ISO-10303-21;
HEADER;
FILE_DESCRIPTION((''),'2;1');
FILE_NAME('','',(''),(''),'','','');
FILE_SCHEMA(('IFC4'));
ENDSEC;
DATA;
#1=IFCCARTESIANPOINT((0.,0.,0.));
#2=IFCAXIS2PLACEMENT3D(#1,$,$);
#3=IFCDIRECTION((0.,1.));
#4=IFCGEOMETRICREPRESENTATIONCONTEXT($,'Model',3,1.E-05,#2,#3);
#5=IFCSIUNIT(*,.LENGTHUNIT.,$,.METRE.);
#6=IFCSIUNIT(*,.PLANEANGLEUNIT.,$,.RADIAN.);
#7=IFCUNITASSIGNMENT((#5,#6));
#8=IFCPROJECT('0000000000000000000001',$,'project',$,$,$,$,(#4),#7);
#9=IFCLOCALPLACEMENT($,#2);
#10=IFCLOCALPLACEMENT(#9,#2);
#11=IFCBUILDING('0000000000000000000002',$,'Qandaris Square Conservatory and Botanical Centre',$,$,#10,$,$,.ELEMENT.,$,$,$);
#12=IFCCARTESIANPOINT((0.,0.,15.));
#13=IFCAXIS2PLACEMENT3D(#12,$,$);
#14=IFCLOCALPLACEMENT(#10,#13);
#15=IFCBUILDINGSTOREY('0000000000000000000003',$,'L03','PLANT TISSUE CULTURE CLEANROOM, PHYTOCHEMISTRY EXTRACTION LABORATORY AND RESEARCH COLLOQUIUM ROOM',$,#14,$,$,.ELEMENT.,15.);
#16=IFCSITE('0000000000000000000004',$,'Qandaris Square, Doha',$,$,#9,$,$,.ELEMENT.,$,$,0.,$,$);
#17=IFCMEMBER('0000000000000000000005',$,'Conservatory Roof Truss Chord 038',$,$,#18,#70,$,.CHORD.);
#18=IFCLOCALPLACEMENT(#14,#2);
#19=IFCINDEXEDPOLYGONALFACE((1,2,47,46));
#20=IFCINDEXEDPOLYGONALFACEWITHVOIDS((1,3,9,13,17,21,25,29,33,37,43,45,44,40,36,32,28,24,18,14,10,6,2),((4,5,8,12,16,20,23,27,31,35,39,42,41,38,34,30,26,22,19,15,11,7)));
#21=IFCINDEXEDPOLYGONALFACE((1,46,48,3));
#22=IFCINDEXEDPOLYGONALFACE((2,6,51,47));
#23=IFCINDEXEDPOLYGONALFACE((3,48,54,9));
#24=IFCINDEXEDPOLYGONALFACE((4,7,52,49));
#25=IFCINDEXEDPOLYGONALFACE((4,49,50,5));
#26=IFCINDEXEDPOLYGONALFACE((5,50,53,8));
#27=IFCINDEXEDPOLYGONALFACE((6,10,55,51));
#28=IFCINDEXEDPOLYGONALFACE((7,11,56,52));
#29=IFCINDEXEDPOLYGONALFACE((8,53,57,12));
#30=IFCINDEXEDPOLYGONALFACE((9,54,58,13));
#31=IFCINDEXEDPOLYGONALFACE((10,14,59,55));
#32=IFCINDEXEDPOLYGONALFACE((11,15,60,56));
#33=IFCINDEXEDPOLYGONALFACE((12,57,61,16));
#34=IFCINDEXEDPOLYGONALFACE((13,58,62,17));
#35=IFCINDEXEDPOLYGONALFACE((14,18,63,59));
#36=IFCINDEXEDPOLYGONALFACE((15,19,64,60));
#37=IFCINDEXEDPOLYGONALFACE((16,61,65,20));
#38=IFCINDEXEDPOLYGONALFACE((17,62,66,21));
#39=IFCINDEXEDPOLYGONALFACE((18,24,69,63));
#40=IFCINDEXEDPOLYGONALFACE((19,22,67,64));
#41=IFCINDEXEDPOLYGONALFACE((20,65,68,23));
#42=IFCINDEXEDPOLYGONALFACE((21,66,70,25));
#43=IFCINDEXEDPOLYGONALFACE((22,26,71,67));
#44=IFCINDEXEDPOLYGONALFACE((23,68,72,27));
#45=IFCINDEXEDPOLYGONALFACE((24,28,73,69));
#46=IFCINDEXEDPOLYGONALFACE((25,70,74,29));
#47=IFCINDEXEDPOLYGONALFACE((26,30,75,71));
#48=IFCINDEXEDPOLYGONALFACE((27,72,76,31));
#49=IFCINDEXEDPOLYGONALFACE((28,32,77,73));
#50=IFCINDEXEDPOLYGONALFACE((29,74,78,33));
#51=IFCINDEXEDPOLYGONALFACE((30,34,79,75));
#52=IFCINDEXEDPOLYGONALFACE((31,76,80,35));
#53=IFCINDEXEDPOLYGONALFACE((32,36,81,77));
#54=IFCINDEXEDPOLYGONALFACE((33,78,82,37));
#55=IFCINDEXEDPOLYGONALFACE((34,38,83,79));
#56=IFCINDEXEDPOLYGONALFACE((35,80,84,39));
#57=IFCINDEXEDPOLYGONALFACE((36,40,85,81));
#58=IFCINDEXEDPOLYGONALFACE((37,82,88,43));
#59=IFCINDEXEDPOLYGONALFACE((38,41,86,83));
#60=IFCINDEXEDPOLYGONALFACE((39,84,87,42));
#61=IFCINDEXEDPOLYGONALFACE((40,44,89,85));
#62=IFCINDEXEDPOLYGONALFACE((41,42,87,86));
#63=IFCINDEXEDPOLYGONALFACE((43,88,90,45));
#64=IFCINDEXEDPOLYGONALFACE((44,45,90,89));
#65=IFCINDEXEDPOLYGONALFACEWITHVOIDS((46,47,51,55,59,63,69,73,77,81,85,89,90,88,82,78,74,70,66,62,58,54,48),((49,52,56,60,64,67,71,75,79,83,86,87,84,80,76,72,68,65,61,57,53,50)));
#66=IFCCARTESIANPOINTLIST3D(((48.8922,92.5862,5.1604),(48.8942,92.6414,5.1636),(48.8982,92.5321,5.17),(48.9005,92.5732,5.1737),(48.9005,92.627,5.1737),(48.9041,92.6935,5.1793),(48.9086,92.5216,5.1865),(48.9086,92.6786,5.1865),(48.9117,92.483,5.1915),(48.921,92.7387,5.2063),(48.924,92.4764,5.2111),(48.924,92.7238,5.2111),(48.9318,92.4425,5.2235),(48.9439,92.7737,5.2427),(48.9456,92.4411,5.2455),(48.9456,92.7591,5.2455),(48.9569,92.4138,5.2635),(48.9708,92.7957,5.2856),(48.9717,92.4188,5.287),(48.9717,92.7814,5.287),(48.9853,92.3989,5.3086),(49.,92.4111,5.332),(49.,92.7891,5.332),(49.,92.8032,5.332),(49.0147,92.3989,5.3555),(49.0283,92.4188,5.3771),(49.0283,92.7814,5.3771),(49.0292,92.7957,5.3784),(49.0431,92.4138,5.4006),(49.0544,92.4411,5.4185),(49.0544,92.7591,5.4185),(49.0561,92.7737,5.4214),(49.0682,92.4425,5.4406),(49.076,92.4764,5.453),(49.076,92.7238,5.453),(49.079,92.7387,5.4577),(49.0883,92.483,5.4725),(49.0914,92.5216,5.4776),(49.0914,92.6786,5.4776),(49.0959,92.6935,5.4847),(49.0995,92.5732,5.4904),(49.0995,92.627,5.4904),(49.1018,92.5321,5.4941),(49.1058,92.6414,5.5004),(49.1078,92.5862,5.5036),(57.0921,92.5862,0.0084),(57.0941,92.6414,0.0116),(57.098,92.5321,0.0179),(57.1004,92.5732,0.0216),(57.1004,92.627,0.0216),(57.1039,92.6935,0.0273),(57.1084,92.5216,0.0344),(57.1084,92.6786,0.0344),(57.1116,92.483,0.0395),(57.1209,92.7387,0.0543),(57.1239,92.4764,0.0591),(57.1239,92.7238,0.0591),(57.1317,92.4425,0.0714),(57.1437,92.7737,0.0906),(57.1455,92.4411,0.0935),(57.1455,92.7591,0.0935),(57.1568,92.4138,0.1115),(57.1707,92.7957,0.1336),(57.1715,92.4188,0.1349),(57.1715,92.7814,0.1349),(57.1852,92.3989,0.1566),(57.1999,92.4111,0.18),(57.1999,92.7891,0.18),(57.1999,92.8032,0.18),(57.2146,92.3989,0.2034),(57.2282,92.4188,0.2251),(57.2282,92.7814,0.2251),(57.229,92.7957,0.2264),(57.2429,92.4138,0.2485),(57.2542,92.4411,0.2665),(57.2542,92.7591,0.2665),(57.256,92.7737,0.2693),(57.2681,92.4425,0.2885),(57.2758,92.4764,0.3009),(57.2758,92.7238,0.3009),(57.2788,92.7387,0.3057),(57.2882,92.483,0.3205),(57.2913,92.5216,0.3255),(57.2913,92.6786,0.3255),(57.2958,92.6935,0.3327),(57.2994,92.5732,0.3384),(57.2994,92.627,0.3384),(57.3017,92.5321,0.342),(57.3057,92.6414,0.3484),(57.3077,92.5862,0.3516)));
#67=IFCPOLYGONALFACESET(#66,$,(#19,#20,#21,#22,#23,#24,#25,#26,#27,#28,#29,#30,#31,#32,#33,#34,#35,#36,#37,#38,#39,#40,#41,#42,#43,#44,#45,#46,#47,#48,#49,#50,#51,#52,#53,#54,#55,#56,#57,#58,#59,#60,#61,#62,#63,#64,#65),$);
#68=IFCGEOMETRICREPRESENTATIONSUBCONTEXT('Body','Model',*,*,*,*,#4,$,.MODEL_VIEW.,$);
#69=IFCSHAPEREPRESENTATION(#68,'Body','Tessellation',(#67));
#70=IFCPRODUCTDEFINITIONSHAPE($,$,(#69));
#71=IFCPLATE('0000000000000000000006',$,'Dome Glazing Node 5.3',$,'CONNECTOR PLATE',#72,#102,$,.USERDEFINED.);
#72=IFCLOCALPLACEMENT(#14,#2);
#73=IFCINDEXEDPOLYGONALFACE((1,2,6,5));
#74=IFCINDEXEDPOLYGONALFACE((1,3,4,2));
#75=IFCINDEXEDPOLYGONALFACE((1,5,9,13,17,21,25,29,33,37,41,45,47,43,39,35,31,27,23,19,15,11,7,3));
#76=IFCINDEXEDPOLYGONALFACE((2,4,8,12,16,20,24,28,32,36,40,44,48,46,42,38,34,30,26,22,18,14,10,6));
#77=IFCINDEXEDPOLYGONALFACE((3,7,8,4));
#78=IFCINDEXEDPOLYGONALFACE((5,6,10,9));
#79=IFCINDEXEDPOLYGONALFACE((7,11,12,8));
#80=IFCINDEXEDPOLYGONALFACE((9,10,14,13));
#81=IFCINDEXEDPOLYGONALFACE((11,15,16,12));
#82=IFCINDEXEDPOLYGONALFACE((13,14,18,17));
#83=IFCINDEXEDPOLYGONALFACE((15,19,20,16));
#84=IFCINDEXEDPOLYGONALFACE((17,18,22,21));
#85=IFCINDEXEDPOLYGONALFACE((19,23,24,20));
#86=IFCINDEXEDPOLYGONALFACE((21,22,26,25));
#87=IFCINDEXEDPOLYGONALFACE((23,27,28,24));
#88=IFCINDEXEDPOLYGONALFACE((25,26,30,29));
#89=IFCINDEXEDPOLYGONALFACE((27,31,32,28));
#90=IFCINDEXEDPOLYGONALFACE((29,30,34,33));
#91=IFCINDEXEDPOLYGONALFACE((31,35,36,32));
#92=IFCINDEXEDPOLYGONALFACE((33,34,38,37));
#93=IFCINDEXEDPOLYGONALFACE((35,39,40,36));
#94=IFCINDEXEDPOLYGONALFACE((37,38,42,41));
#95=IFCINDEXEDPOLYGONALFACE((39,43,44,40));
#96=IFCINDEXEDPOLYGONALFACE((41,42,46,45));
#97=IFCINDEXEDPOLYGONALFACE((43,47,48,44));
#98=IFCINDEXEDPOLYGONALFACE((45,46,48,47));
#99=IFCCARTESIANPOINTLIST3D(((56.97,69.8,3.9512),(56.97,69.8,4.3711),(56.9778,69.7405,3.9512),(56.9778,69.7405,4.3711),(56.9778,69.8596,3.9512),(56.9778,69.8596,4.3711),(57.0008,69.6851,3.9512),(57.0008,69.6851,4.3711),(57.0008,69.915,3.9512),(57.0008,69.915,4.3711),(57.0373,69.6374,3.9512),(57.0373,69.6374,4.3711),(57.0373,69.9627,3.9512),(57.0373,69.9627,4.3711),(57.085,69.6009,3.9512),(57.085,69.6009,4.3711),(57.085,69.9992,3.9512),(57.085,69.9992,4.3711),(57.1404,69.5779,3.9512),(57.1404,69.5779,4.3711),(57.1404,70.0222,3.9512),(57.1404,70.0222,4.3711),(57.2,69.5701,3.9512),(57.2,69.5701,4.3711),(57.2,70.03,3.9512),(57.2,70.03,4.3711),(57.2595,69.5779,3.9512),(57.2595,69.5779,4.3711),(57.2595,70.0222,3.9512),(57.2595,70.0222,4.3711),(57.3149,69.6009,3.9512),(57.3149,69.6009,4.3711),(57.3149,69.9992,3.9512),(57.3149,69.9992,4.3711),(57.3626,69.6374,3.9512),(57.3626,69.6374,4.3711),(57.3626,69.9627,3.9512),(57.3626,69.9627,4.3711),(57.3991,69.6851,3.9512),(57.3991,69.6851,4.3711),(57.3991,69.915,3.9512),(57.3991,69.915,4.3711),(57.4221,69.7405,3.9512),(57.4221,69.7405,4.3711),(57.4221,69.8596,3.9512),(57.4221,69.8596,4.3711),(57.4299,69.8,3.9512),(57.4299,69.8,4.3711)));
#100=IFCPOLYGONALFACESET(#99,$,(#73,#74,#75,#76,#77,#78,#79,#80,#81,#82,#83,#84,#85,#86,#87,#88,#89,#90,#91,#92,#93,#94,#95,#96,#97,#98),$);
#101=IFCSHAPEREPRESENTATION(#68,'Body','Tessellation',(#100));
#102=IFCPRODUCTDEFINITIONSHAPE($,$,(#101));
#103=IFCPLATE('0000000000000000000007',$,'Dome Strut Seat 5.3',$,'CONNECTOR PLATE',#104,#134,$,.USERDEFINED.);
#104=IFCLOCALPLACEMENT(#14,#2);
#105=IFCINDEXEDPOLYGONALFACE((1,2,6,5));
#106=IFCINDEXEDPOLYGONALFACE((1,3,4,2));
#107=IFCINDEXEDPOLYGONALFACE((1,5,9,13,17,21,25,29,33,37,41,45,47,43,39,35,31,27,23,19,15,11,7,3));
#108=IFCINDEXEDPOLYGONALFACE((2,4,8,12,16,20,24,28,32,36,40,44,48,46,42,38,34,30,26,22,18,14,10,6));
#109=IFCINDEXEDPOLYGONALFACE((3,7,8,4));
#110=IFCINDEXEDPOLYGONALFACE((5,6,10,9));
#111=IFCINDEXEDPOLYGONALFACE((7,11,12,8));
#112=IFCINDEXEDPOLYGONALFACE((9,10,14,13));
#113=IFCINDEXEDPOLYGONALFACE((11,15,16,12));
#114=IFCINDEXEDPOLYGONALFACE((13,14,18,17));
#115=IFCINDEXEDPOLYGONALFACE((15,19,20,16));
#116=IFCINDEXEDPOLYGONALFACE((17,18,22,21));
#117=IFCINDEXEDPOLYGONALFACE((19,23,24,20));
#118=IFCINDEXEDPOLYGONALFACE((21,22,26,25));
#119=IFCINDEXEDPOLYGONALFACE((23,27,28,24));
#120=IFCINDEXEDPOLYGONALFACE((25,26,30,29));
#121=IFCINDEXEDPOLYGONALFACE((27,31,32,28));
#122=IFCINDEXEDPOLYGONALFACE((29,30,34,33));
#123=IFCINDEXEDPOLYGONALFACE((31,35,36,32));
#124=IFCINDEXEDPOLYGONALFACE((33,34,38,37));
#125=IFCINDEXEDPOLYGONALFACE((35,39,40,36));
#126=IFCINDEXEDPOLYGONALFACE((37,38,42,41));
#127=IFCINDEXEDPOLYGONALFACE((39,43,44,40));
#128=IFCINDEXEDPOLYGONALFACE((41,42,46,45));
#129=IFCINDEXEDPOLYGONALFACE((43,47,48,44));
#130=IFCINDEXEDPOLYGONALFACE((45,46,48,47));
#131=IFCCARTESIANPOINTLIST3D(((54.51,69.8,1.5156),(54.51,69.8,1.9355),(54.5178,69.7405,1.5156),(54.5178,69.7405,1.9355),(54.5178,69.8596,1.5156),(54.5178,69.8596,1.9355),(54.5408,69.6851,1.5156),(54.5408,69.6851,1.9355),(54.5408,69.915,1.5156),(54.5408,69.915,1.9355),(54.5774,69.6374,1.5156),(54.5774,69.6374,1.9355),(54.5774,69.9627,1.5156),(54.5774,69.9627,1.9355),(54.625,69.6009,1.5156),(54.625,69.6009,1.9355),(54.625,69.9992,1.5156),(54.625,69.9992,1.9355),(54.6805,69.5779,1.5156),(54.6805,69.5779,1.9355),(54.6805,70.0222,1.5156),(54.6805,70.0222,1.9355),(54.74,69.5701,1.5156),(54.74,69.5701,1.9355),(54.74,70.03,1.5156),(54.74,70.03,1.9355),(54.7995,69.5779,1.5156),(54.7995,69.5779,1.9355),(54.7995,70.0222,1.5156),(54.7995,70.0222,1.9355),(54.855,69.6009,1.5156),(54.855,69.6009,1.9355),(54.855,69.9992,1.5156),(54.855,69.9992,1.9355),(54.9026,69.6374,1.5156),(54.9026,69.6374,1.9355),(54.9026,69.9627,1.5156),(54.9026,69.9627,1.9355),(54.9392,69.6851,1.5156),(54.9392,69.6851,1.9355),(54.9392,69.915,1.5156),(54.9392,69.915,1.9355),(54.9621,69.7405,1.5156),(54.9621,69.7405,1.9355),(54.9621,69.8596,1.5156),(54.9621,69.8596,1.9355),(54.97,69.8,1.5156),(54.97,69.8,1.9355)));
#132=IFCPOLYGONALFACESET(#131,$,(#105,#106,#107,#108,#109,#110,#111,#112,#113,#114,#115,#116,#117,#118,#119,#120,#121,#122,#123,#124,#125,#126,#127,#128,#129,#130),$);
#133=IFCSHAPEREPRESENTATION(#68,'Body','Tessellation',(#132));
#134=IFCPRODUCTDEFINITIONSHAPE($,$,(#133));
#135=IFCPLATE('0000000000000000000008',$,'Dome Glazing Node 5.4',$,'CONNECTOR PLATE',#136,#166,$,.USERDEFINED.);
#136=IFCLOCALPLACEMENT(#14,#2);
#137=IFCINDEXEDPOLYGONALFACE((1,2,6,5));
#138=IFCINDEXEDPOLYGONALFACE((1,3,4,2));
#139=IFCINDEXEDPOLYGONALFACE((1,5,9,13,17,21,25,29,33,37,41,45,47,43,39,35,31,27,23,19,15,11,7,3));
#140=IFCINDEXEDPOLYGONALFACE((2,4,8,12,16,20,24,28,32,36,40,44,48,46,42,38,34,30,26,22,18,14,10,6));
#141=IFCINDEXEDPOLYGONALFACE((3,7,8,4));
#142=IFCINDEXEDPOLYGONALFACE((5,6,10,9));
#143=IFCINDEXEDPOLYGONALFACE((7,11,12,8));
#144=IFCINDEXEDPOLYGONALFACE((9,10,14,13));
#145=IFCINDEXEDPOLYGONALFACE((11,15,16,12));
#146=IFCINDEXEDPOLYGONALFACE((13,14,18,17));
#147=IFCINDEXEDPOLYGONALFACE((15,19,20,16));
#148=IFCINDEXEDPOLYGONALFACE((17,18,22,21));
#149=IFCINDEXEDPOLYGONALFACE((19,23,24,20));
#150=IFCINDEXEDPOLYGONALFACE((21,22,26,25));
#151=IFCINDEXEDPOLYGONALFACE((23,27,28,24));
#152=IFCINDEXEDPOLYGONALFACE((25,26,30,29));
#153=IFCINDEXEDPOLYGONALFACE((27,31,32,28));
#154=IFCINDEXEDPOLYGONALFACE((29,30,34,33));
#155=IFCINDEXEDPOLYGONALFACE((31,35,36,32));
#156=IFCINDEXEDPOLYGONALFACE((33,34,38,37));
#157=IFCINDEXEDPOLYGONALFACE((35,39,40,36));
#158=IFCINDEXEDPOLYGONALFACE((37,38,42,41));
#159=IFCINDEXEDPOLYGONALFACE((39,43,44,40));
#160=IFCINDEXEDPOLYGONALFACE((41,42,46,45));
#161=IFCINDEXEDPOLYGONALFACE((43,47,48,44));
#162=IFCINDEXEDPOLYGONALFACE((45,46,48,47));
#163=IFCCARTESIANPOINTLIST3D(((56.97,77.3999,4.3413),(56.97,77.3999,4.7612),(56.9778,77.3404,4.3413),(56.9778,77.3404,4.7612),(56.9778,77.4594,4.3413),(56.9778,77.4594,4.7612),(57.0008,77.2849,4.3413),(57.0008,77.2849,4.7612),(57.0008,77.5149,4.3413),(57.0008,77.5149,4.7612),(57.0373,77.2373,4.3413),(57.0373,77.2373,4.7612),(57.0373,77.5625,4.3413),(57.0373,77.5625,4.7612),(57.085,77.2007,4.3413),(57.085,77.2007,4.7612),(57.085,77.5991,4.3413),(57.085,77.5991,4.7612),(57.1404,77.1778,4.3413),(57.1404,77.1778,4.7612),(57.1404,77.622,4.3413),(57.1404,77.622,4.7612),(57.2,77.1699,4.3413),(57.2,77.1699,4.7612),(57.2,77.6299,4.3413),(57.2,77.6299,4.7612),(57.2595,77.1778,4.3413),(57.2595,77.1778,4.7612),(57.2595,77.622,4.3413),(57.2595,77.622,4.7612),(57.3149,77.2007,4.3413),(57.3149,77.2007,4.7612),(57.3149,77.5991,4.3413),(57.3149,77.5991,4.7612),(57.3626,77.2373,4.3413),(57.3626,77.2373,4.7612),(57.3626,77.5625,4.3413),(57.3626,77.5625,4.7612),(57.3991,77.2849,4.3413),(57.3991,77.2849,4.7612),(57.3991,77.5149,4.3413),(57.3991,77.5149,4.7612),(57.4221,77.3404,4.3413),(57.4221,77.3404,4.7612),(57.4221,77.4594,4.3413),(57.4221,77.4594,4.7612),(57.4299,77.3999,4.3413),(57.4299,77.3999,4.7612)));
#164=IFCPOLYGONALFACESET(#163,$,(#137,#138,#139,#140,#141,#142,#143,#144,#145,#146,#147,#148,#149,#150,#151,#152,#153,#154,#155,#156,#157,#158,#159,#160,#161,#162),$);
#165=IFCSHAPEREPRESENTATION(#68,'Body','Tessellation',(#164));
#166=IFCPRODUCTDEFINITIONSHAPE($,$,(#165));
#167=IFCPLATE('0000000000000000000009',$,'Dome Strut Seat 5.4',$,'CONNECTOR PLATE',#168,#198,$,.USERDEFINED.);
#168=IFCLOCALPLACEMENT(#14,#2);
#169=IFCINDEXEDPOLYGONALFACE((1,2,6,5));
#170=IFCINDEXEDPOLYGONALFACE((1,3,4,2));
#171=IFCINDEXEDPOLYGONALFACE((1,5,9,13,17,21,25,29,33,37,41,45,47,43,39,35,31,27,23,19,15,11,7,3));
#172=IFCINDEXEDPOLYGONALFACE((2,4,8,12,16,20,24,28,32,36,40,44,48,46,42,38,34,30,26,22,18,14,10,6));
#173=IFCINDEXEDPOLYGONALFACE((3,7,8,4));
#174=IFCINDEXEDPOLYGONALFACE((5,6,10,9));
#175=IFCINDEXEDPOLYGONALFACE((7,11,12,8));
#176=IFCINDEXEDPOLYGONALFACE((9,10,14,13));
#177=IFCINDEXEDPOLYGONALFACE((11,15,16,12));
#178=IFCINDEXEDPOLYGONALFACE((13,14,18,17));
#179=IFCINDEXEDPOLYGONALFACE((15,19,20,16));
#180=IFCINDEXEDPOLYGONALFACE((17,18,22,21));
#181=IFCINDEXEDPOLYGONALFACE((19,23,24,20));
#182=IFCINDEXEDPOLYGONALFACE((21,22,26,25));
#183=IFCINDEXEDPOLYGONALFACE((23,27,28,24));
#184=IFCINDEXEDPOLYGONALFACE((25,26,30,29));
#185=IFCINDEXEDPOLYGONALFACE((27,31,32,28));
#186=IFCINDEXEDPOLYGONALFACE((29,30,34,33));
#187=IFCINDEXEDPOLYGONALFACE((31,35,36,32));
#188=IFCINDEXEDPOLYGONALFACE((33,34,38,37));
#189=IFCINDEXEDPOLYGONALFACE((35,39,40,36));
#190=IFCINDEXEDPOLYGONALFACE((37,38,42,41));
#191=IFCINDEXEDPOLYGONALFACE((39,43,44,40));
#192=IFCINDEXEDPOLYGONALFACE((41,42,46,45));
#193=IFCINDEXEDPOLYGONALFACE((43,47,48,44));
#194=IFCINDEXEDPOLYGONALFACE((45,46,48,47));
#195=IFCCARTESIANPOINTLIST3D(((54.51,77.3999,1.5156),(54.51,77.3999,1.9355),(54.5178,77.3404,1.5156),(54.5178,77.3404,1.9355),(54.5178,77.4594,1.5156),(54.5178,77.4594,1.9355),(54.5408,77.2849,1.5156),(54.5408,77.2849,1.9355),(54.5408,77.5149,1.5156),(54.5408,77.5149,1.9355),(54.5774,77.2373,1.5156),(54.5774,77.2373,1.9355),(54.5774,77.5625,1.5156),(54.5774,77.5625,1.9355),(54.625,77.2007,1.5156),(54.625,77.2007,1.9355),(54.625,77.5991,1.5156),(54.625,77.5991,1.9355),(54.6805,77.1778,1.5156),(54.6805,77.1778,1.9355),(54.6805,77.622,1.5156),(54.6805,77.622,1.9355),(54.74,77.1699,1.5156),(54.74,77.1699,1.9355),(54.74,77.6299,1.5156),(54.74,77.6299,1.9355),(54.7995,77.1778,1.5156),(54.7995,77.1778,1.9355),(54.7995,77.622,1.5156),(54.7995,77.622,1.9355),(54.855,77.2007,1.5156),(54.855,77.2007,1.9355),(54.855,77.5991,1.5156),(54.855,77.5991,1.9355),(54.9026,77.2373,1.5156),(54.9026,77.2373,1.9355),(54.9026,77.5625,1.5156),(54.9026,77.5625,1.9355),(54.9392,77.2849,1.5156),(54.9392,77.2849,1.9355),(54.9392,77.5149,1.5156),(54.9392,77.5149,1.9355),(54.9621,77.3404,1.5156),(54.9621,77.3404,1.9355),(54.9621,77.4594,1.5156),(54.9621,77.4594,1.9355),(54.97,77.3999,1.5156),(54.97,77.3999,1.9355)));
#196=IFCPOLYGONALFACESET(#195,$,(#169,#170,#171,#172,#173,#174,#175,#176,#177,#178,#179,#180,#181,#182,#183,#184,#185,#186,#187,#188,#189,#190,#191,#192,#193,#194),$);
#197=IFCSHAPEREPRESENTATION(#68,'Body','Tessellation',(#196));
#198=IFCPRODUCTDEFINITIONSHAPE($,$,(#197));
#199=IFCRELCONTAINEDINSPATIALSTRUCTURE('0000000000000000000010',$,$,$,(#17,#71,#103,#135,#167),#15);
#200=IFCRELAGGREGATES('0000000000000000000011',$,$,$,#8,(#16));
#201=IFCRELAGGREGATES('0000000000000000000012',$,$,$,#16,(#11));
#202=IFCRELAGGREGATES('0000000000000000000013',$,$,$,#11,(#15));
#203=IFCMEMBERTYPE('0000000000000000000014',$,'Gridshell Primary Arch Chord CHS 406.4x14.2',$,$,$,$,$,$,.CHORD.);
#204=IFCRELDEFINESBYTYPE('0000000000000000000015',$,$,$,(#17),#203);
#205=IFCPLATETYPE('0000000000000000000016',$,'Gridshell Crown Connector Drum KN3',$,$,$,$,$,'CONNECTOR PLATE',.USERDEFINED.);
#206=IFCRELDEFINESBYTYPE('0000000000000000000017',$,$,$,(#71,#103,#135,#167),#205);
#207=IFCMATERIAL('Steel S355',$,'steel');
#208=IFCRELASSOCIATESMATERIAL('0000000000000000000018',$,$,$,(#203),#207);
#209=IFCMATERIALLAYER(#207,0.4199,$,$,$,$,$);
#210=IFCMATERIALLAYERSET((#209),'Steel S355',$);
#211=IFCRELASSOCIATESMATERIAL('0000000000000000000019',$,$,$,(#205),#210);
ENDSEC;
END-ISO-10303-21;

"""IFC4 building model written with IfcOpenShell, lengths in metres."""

from ifc_helpers import new_model, si_unit, direction, frame, origin, origin_2d, place, context, subcontext, project, spatial, circle, hollow_circle, extrude, material, layer, layer_set, material_profile, profile_set, type_object, element, save


model = new_model("IFC4")

# Units and contexts
model_context = context("Model", 3, precision=1e-05, world=origin(), true_north=direction((0.0, 1.0)))
body_context = subcontext(model_context, "Body", "Model", "MODEL_VIEW")
ifc_project = project(units=[si_unit("LENGTHUNIT", "METRE"), si_unit("PLANEANGLEUNIT", "RADIAN")], contexts=[model_context])

# Site, building, storey
site_placement = place(None, origin())
site = spatial("IfcSite", under=ifc_project, at=site_placement, Name="Qandaris Square, Doha", CompositionType="ELEMENT", RefElevation=0.0)
building_placement = place(site_placement, origin())
building = spatial("IfcBuilding", under=site, at=building_placement, Name="Qandaris Square Conservatory and Botanical Centre", CompositionType="ELEMENT")
storey_placement = place(building_placement, frame((0.0, 0.0, 15.0)))
storey = spatial("IfcBuildingStorey", under=building, at=storey_placement, Name="L03", Description="PLANT TISSUE CULTURE CLEANROOM, PHYTOCHEMISTRY EXTRACTION LABORATORY AND RESEARCH COLLOQUIUM ROOM", CompositionType="ELEMENT", Elevation=15.0)

# Member
ifc_material_1 = material(Name="Steel S355", Category="steel")
ifc_material_profile_1 = material_profile(ifc_material_1, hollow_circle(Radius=0.2031, WallThickness=0.0142, at=origin_2d()), Name="CHS 406.4x14.2")
ifc_profile_set_1 = profile_set([ifc_material_profile_1], Name="Steel S355")
member_type_1 = type_object("IfcMemberType", Name="Gridshell Primary Arch Chord CHS 406.4x14.2", PredefinedType="CHORD", material=ifc_profile_set_1)
for number, where, z_axis, x_axis, name in (
    (1, (49.0, 92.6001, 5.332), (0.846737, 0.0, -0.532012), (0.0, 1.0, 0.0), "Conservatory Roof Truss Chord 038"),
):
    element("IfcMember", number, at=place(storey_placement, frame(where, z_axis=z_axis, x_axis=x_axis)), inside=storey, type_object=member_type_1, Name=name, PredefinedType="CHORD", context=body_context, shape_type="SweptSolid", body=[
        extrude(hollow_circle(Radius=0.2031, WallThickness=0.0142, at=origin_2d()), origin(), (0.0, 0.0, 1.0), 9.6841),
    ])

# Plates
ifc_layer_1 = layer(ifc_material_1, 0.4199)
ifc_layer_set_1 = layer_set([ifc_layer_1], Name="Steel S355")
plate_type_1 = type_object("IfcPlateType", Name="Gridshell Crown Connector Drum KN3", ElementType="CONNECTOR PLATE", PredefinedType="USERDEFINED", material=ifc_layer_set_1)
for number, where, z_axis, x_axis, name in (
    (2, (57.2, 69.8, 3.9512), (0.0, 0.0, 1.0), (1.0, 0.0, 0.0), "Dome Glazing Node 5.3"),
    (3, (54.74, 69.8, 1.5156), (0.0, 0.0, 1.0), (1.0, 0.0, 0.0), "Dome Strut Seat 5.3"),
    (4, (57.2, 77.3999, 4.3413), (0.0, 0.0, 1.0), (1.0, 0.0, 0.0), "Dome Glazing Node 5.4"),
    (5, (54.74, 77.3999, 1.5156), (0.0, 0.0, 1.0), (1.0, 0.0, 0.0), "Dome Strut Seat 5.4"),
):
    element("IfcPlate", number, at=place(storey_placement, frame(where, z_axis=z_axis, x_axis=x_axis)), inside=storey, type_object=plate_type_1, Name=name, ObjectType="CONNECTOR PLATE", PredefinedType="USERDEFINED", context=body_context, shape_type="SweptSolid", body=[
        extrude(circle(Radius=0.23, at=origin_2d()), origin(), (0.0, 0.0, 1.0), 0.4199),
    ])

save(model, "model.ifc")
